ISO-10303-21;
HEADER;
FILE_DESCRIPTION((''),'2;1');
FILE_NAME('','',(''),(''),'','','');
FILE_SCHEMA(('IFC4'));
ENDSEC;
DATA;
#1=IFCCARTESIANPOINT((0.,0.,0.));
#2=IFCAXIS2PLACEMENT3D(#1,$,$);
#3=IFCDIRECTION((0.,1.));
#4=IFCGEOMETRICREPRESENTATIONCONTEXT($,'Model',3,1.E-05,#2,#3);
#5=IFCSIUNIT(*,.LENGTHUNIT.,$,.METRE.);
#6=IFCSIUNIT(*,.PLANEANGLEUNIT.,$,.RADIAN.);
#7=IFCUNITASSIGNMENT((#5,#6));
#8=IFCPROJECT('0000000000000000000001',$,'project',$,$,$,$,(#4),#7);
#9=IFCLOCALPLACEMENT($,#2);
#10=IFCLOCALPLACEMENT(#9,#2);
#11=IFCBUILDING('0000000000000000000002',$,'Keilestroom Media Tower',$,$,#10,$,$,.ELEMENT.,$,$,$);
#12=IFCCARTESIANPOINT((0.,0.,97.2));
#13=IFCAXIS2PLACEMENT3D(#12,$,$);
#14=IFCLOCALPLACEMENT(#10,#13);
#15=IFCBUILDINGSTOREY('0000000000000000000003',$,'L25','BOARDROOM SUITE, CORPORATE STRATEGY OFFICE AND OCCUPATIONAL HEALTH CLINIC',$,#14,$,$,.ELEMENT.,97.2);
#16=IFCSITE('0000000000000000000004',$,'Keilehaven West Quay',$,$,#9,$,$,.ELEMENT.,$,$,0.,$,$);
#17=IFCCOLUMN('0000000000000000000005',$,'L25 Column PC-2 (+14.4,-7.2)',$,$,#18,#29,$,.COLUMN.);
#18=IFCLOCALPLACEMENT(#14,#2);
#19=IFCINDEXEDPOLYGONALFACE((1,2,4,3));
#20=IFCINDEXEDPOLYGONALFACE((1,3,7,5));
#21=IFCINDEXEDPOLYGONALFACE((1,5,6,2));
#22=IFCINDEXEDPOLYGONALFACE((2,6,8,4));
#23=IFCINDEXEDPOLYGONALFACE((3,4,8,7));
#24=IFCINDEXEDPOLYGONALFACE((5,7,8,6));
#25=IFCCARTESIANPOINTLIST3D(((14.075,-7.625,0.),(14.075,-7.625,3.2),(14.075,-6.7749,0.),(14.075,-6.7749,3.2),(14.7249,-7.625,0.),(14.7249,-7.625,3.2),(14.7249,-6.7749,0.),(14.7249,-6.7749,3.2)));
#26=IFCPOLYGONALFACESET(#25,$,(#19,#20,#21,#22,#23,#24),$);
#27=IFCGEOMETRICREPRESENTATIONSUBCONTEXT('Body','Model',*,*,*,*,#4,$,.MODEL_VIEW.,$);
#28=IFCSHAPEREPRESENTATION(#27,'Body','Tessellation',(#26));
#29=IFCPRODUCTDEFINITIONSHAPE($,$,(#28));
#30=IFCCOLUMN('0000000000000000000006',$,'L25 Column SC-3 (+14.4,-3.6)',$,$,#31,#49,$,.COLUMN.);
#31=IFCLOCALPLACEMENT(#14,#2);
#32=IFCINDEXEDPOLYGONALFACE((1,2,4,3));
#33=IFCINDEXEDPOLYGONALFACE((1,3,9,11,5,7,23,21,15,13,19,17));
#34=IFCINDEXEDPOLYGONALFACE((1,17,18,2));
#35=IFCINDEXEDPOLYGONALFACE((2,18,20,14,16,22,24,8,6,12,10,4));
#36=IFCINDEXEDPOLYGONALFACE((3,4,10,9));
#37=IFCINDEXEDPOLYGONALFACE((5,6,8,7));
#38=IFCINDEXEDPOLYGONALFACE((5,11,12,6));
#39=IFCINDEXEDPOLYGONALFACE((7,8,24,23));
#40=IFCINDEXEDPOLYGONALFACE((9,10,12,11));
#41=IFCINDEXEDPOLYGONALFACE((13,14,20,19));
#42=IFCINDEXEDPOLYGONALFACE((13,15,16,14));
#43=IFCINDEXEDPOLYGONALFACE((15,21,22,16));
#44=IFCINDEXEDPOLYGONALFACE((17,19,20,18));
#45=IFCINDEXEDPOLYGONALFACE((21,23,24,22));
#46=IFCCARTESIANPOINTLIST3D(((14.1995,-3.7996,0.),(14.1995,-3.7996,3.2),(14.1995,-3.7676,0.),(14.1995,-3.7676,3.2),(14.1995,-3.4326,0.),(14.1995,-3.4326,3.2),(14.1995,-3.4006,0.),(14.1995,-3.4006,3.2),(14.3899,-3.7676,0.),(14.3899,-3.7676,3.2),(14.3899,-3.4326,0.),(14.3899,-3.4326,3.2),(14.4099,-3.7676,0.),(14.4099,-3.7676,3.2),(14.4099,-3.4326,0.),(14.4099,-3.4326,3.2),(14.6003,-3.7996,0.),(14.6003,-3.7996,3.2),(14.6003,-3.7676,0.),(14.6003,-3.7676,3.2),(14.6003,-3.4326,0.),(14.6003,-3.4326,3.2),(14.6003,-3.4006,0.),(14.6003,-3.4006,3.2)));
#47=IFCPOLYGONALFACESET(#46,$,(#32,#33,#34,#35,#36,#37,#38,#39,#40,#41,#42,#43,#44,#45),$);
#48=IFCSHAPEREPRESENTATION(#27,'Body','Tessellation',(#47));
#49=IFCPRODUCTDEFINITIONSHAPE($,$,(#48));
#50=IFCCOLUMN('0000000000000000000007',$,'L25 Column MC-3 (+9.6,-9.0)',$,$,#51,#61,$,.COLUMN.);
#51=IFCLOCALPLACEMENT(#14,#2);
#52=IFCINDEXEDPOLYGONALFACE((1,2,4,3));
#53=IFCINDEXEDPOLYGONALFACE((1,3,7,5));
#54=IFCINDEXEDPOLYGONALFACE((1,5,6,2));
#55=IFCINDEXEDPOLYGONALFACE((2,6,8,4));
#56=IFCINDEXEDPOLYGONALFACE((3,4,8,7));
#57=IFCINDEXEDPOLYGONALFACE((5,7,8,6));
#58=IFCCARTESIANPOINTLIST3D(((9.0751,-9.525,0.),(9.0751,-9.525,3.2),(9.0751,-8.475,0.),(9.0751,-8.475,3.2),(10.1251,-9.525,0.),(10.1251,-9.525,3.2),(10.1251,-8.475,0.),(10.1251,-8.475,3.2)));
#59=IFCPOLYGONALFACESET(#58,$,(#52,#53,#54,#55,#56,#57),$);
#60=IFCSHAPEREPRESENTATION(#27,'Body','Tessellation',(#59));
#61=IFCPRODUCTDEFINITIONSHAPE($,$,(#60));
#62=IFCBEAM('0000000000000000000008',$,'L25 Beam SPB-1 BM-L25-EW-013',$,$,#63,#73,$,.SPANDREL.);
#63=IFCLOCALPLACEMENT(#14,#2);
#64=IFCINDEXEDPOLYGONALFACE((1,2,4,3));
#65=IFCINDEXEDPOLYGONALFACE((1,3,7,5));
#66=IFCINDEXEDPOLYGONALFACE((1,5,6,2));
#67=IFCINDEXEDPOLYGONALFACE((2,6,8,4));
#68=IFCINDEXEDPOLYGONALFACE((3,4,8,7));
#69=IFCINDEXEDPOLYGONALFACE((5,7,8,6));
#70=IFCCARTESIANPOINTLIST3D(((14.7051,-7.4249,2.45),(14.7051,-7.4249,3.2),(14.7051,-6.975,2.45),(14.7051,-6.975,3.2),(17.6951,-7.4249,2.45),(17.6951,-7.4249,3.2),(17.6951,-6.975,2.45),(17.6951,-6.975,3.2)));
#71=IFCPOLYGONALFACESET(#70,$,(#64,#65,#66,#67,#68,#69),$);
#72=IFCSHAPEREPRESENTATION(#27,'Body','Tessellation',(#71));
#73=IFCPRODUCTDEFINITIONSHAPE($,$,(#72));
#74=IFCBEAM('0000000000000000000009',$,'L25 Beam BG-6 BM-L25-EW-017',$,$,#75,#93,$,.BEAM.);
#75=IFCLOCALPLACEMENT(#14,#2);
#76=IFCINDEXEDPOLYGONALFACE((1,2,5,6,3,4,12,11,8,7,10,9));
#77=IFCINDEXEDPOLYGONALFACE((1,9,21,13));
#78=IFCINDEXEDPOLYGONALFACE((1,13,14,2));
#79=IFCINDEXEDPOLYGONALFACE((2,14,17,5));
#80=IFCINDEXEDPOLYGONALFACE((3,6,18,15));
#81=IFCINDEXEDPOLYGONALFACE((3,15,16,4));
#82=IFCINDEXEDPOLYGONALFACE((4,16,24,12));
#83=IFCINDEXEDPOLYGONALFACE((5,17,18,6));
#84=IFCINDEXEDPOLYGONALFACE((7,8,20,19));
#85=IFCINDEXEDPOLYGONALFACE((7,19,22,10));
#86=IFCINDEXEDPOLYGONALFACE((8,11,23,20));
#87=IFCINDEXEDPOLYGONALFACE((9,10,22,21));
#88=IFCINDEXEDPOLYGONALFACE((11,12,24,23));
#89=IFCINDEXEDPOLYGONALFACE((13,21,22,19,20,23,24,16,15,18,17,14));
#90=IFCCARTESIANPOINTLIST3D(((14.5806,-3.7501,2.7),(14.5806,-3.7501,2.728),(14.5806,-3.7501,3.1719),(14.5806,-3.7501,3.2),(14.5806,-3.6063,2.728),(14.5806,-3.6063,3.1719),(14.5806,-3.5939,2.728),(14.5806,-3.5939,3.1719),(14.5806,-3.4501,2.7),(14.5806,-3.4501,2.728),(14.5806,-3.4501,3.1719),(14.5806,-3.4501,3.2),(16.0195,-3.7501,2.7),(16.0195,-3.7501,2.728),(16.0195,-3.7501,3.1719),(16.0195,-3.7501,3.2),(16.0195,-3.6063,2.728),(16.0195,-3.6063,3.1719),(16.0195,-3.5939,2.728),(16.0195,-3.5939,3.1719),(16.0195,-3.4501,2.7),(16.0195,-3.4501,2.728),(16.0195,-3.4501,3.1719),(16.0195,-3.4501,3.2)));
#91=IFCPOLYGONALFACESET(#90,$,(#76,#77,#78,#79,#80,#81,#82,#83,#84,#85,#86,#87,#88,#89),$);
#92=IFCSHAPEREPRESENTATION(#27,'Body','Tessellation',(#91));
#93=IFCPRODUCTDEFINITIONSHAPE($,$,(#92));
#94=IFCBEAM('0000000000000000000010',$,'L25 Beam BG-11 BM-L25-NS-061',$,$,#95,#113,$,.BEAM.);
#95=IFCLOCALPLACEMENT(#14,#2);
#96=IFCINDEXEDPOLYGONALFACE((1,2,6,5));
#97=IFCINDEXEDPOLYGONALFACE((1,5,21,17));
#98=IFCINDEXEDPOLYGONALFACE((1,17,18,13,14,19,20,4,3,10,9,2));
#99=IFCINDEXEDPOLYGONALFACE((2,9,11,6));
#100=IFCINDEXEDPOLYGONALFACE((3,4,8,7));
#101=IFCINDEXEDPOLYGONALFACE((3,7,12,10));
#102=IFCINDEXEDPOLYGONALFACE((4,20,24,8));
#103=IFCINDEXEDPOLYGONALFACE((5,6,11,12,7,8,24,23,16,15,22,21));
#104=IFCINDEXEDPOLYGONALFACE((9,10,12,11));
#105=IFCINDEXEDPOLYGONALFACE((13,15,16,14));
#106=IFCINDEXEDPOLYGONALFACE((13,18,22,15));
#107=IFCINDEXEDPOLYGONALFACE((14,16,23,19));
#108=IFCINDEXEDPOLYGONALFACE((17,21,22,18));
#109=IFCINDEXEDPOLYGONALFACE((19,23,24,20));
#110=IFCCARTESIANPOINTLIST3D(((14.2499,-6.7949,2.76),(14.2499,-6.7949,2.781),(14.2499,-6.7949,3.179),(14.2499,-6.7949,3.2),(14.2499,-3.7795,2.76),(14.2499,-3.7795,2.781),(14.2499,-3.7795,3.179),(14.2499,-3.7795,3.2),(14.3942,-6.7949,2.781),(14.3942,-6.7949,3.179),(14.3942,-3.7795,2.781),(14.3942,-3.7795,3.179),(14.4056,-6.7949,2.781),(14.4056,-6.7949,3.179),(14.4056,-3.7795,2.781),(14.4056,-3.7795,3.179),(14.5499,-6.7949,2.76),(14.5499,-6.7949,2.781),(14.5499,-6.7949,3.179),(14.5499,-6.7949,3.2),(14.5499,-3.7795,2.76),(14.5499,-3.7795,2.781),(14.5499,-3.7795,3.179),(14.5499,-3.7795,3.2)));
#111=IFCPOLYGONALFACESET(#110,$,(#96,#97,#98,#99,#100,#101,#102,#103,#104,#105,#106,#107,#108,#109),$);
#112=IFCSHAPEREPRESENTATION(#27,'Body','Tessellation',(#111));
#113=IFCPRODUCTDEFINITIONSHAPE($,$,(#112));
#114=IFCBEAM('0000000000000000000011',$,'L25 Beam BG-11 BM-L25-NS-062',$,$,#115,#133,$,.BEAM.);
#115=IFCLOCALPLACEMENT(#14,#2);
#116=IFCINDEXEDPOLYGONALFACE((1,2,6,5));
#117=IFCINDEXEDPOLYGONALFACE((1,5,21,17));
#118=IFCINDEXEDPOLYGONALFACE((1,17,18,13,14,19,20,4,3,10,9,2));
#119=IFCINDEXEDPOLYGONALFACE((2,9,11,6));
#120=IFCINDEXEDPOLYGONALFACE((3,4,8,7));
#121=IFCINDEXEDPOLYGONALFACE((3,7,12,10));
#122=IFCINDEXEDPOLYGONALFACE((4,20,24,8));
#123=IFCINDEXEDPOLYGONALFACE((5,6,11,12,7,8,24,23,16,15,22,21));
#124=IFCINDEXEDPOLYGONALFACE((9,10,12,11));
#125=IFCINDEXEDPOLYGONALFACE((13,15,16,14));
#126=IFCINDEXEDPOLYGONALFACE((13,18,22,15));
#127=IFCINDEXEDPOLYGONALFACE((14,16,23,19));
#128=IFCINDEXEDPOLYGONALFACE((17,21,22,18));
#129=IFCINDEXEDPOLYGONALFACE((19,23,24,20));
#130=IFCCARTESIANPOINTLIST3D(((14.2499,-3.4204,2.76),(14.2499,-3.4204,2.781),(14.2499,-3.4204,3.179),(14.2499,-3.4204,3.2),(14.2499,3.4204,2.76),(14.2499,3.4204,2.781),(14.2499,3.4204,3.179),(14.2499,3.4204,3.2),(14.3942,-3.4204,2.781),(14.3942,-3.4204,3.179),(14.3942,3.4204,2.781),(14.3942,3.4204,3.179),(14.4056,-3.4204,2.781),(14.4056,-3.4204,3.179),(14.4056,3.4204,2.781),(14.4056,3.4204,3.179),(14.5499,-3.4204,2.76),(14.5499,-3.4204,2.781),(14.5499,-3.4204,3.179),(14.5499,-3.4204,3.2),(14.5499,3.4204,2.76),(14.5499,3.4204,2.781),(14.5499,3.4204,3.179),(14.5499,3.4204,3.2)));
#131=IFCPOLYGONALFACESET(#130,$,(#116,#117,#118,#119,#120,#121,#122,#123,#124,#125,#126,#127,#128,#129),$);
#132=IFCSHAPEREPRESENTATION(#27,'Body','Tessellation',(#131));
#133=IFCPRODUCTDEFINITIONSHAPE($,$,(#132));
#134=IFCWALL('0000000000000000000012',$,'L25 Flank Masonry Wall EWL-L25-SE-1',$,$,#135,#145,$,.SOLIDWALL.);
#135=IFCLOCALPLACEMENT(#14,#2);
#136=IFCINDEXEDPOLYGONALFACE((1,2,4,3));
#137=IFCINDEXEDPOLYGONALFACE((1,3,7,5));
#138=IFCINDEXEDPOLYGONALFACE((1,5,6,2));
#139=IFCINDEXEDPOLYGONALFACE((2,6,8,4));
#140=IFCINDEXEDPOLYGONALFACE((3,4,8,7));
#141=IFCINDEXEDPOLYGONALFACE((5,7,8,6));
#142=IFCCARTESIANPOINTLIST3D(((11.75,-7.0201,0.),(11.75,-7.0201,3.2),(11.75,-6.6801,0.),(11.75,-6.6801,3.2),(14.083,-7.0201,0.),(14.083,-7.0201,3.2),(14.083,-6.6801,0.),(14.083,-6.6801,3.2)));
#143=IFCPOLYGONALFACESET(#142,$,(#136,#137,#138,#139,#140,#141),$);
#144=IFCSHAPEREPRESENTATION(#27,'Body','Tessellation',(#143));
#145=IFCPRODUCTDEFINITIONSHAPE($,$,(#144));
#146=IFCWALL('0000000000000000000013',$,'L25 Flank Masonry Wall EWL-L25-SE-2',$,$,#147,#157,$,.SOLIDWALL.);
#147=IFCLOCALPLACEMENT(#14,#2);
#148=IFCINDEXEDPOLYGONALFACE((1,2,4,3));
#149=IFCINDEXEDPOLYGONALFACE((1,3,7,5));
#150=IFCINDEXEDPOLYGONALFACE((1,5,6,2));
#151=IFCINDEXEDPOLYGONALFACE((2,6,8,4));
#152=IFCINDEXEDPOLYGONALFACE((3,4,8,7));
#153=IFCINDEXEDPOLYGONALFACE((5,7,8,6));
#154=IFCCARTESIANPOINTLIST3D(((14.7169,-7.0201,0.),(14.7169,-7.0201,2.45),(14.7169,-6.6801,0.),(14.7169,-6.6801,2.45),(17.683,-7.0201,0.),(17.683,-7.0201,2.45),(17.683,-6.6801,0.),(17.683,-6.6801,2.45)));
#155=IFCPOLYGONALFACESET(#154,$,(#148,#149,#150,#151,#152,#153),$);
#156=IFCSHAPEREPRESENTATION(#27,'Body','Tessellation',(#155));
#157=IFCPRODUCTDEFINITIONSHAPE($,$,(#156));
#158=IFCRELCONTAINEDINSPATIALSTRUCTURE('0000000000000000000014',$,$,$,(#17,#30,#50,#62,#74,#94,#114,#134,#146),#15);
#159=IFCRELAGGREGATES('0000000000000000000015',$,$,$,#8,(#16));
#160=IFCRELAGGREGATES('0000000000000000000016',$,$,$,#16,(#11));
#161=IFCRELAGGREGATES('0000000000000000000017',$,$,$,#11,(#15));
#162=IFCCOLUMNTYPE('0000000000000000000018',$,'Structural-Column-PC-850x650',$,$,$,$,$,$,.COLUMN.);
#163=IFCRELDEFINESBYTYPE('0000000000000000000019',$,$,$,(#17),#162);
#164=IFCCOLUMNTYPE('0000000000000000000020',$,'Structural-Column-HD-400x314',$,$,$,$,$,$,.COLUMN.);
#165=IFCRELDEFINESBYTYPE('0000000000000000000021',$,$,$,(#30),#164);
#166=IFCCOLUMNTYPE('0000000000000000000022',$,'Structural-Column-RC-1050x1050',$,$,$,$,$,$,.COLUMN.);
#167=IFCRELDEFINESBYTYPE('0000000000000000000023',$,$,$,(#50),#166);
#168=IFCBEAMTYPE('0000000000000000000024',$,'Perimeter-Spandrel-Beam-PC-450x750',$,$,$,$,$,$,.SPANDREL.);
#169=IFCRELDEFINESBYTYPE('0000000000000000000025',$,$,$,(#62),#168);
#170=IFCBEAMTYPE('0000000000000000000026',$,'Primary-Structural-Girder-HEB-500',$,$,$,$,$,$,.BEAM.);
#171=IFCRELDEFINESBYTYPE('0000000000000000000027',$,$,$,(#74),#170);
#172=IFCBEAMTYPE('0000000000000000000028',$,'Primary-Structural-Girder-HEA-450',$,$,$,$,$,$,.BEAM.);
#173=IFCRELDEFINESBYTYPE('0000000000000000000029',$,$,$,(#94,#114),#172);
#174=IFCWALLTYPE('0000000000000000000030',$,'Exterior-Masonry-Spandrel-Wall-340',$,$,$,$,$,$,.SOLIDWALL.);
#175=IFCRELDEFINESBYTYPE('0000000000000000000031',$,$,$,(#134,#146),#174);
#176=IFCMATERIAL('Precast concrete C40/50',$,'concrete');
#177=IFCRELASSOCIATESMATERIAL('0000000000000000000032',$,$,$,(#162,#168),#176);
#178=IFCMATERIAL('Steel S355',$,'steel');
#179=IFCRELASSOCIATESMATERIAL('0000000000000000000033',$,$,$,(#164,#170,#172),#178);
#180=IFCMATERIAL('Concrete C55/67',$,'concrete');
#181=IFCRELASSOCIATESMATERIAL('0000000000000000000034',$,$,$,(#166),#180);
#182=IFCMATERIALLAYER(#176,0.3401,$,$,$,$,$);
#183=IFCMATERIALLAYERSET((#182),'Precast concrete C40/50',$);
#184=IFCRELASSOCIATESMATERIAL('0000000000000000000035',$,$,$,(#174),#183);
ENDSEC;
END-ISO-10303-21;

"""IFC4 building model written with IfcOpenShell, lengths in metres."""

from ifc_helpers import new_model, si_unit, direction, frame, frame_2d, origin, origin_2d, place, context, subcontext, project, spatial, rectangle, i_section, extrude, source, transform, mapped, material, layer, layer_set, material_profile, profile_set, type_object, element, save


model = new_model("IFC4")

# Units and contexts
model_context = context("Model", 3, precision=1e-05, world=origin(), true_north=direction((0.0, 1.0)))
body_context = subcontext(model_context, "Body", "Model", "MODEL_VIEW")
ifc_project = project(units=[si_unit("LENGTHUNIT", "METRE"), si_unit("PLANEANGLEUNIT", "RADIAN")], contexts=[model_context])

# Site, building, storey
site_placement = place(None, origin())
site = spatial("IfcSite", under=ifc_project, at=site_placement, Name="Keilehaven West Quay", CompositionType="ELEMENT", RefElevation=0.0)
building_placement = place(site_placement, origin())
building = spatial("IfcBuilding", under=site, at=building_placement, Name="Keilestroom Media Tower", CompositionType="ELEMENT")
storey_placement = place(building_placement, frame((0.0, 0.0, 97.2)))
storey = spatial("IfcBuildingStorey", under=building, at=storey_placement, Name="L25", Description="BOARDROOM SUITE, CORPORATE STRATEGY OFFICE AND OCCUPATIONAL HEALTH CLINIC", CompositionType="ELEMENT", Elevation=97.2)

# Columns
ifc_material_1 = material(Name="Precast concrete C40/50", Category="concrete")
ifc_material_profile_1 = material_profile(ifc_material_1, rectangle(XDim=0.6499, YDim=0.8501, at=origin_2d()), Name="PC 850x650")
ifc_profile_set_1 = profile_set([ifc_material_profile_1], Name="Precast concrete C40/50")
column_type_1 = type_object("IfcColumnType", Name="Structural-Column-PC-850x650", PredefinedType="COLUMN", material=ifc_profile_set_1)
shared_shape_1 = source(origin(), body_context, "Body", "SweptSolid", [
    extrude(rectangle(XDim=0.6499, YDim=0.8501, at=origin_2d()), origin(), (0.0, 0.0, 1.0), 3.2),
])
column_1_placement = place(storey_placement, frame((14.3999, -7.2, 0.0), z_axis=(0.0, 0.0, 1.0), x_axis=(1.0, 0.0, 0.0)))
element("IfcColumn", 1, at=column_1_placement, inside=storey, type_object=column_type_1, Name="L25 Column PC-2 (+14.4,-7.2)", PredefinedType="COLUMN", context=body_context, shape_type="MappedRepresentation", body=[
    mapped(shared_shape_1, transform((0.0, 0.0, 0.0), x_axis=(1.0, 0.0, 0.0), y_axis=(0.0, 1.0, 0.0), z_axis=(0.0, 0.0, 1.0), scale=1.0)),
])
ifc_material_2 = material(Name="Steel S355", Category="steel")
ifc_material_profile_2 = material_profile(ifc_material_2, i_section(OverallWidth=0.4009, OverallDepth=0.3989, WebThickness=0.02, FlangeThickness=0.032, at=origin_2d()), Name="HD 400x314")
ifc_profile_set_2 = profile_set([ifc_material_profile_2], Name="Steel S355")
column_type_2 = type_object("IfcColumnType", Name="Structural-Column-HD-400x314", PredefinedType="COLUMN", material=ifc_profile_set_2)
shared_shape_2 = source(origin(), body_context, "Body", "SweptSolid", [
    extrude(i_section(OverallWidth=0.4009, OverallDepth=0.3989, WebThickness=0.02, FlangeThickness=0.032, at=origin_2d()), origin(), (0.0, 0.0, 1.0), 3.2),
])
column_2_placement = place(storey_placement, frame((14.3999, -3.6001, 0.0), z_axis=(0.0, 0.0, 1.0), x_axis=(1.0, 0.0, 0.0)))
element("IfcColumn", 2, at=column_2_placement, inside=storey, type_object=column_type_2, Name="L25 Column SC-3 (+14.4,-3.6)", PredefinedType="COLUMN", context=body_context, shape_type="MappedRepresentation", body=[
    mapped(shared_shape_2, transform((0.0, 0.0, 0.0), x_axis=(1.0, 0.0, 0.0), y_axis=(0.0, 1.0, 0.0), z_axis=(0.0, 0.0, 1.0), scale=1.0)),
])
ifc_material_3 = material(Name="Concrete C55/67", Category="concrete")
ifc_material_profile_3 = material_profile(ifc_material_3, rectangle(XDim=1.05, YDim=1.05, at=origin_2d()), Name="RC 1050x1050")
ifc_profile_set_3 = profile_set([ifc_material_profile_3], Name="Concrete C55/67")
column_type_3 = type_object("IfcColumnType", Name="Structural-Column-RC-1050x1050", PredefinedType="COLUMN", material=ifc_profile_set_3)
shared_shape_3 = source(origin(), body_context, "Body", "SweptSolid", [
    extrude(rectangle(XDim=1.05, YDim=1.05, at=origin_2d()), origin(), (0.0, 0.0, 1.0), 3.2),
])
column_3_placement = place(storey_placement, frame((9.6001, -9.0, 0.0), z_axis=(0.0, 0.0, 1.0), x_axis=(1.0, 0.0, 0.0)))
element("IfcColumn", 3, at=column_3_placement, inside=storey, type_object=column_type_3, Name="L25 Column MC-3 (+9.6,-9.0)", PredefinedType="COLUMN", context=body_context, shape_type="MappedRepresentation", body=[
    mapped(shared_shape_3, transform((0.0, 0.0, 0.0), x_axis=(1.0, 0.0, 0.0), y_axis=(0.0, 1.0, 0.0), z_axis=(0.0, 0.0, 1.0), scale=1.0)),
])

# Beams
ifc_material_profile_4 = material_profile(ifc_material_1, rectangle(XDim=0.45, YDim=0.75, at=origin_2d()), Name="PC 450x750")
ifc_profile_set_4 = profile_set([ifc_material_profile_4], Name="Precast concrete C40/50")
beam_type_1 = type_object("IfcBeamType", Name="Perimeter-Spandrel-Beam-PC-450x750", PredefinedType="SPANDREL", material=ifc_profile_set_4)
shared_shape_4 = source(origin(), body_context, "Body", "SweptSolid", [
    extrude(rectangle(XDim=0.45, YDim=0.75, at=origin_2d()), origin(), (0.0, 0.0, 1.0), 2.99),
])
beam_1_placement = place(storey_placement, frame((14.7051, -7.2, 2.825), z_axis=(1.0, 0.0, 0.0), x_axis=(0.0, 1.0, 0.0)))
element("IfcBeam", 4, at=beam_1_placement, inside=storey, type_object=beam_type_1, Name="L25 Beam SPB-1 BM-L25-EW-013", PredefinedType="SPANDREL", context=body_context, shape_type="MappedRepresentation", body=[
    mapped(shared_shape_4, transform((0.0, 0.0, 0.0), x_axis=(1.0, 0.0, 0.0), y_axis=(0.0, 1.0, 0.0), z_axis=(0.0, 0.0, 1.0), scale=1.0)),
])
ifc_material_profile_5 = material_profile(ifc_material_2, i_section(OverallWidth=0.3, OverallDepth=0.5, WebThickness=0.0125, FlangeThickness=0.0281, at=origin_2d()), Name="HEB 500")
ifc_profile_set_5 = profile_set([ifc_material_profile_5], Name="Steel S355")
beam_type_2 = type_object("IfcBeamType", Name="Primary-Structural-Girder-HEB-500", PredefinedType="BEAM", material=ifc_profile_set_5)
shared_shape_5 = source(origin(), body_context, "Body", "SweptSolid", [
    extrude(i_section(OverallWidth=0.3, OverallDepth=0.5, WebThickness=0.0125, FlangeThickness=0.0281, at=origin_2d()), origin(), (0.0, 0.0, 1.0), 1.439),
])
beam_2_placement = place(storey_placement, frame((14.5806, -3.6001, 2.95), z_axis=(1.0, 0.0, 0.0), x_axis=(0.0, 1.0, 0.0)))
element("IfcBeam", 5, at=beam_2_placement, inside=storey, type_object=beam_type_2, Name="L25 Beam BG-6 BM-L25-EW-017", PredefinedType="BEAM", context=body_context, shape_type="MappedRepresentation", body=[
    mapped(shared_shape_5, transform((0.0, 0.0, 0.0), x_axis=(1.0, 0.0, 0.0), y_axis=(0.0, 1.0, 0.0), z_axis=(0.0, 0.0, 1.0), scale=1.0)),
])
ifc_material_profile_6 = material_profile(ifc_material_2, i_section(OverallWidth=0.3, OverallDepth=0.4399, WebThickness=0.0115, FlangeThickness=0.021, at=origin_2d()), Name="HEA 450")
ifc_profile_set_6 = profile_set([ifc_material_profile_6], Name="Steel S355")
beam_type_3 = type_object("IfcBeamType", Name="Primary-Structural-Girder-HEA-450", PredefinedType="BEAM", material=ifc_profile_set_6)
shared_shape_6 = source(origin(), body_context, "Body", "SweptSolid", [
    extrude(i_section(OverallWidth=0.3, OverallDepth=0.4399, WebThickness=0.0115, FlangeThickness=0.021, at=origin_2d()), origin(), (0.0, 0.0, 1.0), 3.0154),
])
beam_3_placement = place(storey_placement, frame((14.3999, -6.7949, 2.98), z_axis=(0.0, 1.0, 0.0), x_axis=(-1.0, 0.0, 0.0)))
element("IfcBeam", 6, at=beam_3_placement, inside=storey, type_object=beam_type_3, Name="L25 Beam BG-11 BM-L25-NS-061", PredefinedType="BEAM", context=body_context, shape_type="MappedRepresentation", body=[
    mapped(shared_shape_6, transform((0.0, 0.0, 0.0), x_axis=(1.0, 0.0, 0.0), y_axis=(0.0, 1.0, 0.0), z_axis=(0.0, 0.0, 1.0), scale=1.0)),
])
shared_shape_7 = source(origin(), body_context, "Body", "SweptSolid", [
    extrude(i_section(OverallWidth=0.3, OverallDepth=0.4399, WebThickness=0.0115, FlangeThickness=0.021, at=origin_2d()), origin(), (0.0, 0.0, 1.0), 6.8408),
])
beam_4_placement = place(storey_placement, frame((14.3999, -3.4204, 2.98), z_axis=(0.0, 1.0, 0.0), x_axis=(-1.0, 0.0, 0.0)))
element("IfcBeam", 7, at=beam_4_placement, inside=storey, type_object=beam_type_3, Name="L25 Beam BG-11 BM-L25-NS-062", PredefinedType="BEAM", context=body_context, shape_type="MappedRepresentation", body=[
    mapped(shared_shape_7, transform((0.0, 0.0, 0.0), x_axis=(1.0, 0.0, 0.0), y_axis=(0.0, 1.0, 0.0), z_axis=(0.0, 0.0, 1.0), scale=1.0)),
])

# Walls
ifc_layer_1 = layer(ifc_material_1, 0.3401)
ifc_layer_set_1 = layer_set([ifc_layer_1], Name="Precast concrete C40/50")
wall_type_1 = type_object("IfcWallType", Name="Exterior-Masonry-Spandrel-Wall-340", PredefinedType="SOLIDWALL", material=ifc_layer_set_1)
wall_1_placement = place(storey_placement, frame((11.75, -6.8501, 0.0), z_axis=(0.0, 0.0, 1.0), x_axis=(1.0, 0.0, 0.0)))
element("IfcWall", 8, at=wall_1_placement, inside=storey, type_object=wall_type_1, Name="L25 Flank Masonry Wall EWL-L25-SE-1", PredefinedType="SOLIDWALL", context=body_context, shape_type="SweptSolid", body=[
    extrude(rectangle(XDim=2.333, YDim=0.3401, at=frame_2d((1.1665, 0.0))), origin(), (0.0, 0.0, 1.0), 3.2),
])
wall_2_placement = place(storey_placement, frame((14.717, -6.8501, 0.0), z_axis=(0.0, 0.0, 1.0), x_axis=(1.0, 0.0, 0.0)))
element("IfcWall", 9, at=wall_2_placement, inside=storey, type_object=wall_type_1, Name="L25 Flank Masonry Wall EWL-L25-SE-2", PredefinedType="SOLIDWALL", context=body_context, shape_type="SweptSolid", body=[
    extrude(rectangle(XDim=2.9661, YDim=0.3401, at=frame_2d((1.4829, 0.0))), origin(), (0.0, 0.0, 1.0), 2.45),
])

save(model, "model.ifc")
